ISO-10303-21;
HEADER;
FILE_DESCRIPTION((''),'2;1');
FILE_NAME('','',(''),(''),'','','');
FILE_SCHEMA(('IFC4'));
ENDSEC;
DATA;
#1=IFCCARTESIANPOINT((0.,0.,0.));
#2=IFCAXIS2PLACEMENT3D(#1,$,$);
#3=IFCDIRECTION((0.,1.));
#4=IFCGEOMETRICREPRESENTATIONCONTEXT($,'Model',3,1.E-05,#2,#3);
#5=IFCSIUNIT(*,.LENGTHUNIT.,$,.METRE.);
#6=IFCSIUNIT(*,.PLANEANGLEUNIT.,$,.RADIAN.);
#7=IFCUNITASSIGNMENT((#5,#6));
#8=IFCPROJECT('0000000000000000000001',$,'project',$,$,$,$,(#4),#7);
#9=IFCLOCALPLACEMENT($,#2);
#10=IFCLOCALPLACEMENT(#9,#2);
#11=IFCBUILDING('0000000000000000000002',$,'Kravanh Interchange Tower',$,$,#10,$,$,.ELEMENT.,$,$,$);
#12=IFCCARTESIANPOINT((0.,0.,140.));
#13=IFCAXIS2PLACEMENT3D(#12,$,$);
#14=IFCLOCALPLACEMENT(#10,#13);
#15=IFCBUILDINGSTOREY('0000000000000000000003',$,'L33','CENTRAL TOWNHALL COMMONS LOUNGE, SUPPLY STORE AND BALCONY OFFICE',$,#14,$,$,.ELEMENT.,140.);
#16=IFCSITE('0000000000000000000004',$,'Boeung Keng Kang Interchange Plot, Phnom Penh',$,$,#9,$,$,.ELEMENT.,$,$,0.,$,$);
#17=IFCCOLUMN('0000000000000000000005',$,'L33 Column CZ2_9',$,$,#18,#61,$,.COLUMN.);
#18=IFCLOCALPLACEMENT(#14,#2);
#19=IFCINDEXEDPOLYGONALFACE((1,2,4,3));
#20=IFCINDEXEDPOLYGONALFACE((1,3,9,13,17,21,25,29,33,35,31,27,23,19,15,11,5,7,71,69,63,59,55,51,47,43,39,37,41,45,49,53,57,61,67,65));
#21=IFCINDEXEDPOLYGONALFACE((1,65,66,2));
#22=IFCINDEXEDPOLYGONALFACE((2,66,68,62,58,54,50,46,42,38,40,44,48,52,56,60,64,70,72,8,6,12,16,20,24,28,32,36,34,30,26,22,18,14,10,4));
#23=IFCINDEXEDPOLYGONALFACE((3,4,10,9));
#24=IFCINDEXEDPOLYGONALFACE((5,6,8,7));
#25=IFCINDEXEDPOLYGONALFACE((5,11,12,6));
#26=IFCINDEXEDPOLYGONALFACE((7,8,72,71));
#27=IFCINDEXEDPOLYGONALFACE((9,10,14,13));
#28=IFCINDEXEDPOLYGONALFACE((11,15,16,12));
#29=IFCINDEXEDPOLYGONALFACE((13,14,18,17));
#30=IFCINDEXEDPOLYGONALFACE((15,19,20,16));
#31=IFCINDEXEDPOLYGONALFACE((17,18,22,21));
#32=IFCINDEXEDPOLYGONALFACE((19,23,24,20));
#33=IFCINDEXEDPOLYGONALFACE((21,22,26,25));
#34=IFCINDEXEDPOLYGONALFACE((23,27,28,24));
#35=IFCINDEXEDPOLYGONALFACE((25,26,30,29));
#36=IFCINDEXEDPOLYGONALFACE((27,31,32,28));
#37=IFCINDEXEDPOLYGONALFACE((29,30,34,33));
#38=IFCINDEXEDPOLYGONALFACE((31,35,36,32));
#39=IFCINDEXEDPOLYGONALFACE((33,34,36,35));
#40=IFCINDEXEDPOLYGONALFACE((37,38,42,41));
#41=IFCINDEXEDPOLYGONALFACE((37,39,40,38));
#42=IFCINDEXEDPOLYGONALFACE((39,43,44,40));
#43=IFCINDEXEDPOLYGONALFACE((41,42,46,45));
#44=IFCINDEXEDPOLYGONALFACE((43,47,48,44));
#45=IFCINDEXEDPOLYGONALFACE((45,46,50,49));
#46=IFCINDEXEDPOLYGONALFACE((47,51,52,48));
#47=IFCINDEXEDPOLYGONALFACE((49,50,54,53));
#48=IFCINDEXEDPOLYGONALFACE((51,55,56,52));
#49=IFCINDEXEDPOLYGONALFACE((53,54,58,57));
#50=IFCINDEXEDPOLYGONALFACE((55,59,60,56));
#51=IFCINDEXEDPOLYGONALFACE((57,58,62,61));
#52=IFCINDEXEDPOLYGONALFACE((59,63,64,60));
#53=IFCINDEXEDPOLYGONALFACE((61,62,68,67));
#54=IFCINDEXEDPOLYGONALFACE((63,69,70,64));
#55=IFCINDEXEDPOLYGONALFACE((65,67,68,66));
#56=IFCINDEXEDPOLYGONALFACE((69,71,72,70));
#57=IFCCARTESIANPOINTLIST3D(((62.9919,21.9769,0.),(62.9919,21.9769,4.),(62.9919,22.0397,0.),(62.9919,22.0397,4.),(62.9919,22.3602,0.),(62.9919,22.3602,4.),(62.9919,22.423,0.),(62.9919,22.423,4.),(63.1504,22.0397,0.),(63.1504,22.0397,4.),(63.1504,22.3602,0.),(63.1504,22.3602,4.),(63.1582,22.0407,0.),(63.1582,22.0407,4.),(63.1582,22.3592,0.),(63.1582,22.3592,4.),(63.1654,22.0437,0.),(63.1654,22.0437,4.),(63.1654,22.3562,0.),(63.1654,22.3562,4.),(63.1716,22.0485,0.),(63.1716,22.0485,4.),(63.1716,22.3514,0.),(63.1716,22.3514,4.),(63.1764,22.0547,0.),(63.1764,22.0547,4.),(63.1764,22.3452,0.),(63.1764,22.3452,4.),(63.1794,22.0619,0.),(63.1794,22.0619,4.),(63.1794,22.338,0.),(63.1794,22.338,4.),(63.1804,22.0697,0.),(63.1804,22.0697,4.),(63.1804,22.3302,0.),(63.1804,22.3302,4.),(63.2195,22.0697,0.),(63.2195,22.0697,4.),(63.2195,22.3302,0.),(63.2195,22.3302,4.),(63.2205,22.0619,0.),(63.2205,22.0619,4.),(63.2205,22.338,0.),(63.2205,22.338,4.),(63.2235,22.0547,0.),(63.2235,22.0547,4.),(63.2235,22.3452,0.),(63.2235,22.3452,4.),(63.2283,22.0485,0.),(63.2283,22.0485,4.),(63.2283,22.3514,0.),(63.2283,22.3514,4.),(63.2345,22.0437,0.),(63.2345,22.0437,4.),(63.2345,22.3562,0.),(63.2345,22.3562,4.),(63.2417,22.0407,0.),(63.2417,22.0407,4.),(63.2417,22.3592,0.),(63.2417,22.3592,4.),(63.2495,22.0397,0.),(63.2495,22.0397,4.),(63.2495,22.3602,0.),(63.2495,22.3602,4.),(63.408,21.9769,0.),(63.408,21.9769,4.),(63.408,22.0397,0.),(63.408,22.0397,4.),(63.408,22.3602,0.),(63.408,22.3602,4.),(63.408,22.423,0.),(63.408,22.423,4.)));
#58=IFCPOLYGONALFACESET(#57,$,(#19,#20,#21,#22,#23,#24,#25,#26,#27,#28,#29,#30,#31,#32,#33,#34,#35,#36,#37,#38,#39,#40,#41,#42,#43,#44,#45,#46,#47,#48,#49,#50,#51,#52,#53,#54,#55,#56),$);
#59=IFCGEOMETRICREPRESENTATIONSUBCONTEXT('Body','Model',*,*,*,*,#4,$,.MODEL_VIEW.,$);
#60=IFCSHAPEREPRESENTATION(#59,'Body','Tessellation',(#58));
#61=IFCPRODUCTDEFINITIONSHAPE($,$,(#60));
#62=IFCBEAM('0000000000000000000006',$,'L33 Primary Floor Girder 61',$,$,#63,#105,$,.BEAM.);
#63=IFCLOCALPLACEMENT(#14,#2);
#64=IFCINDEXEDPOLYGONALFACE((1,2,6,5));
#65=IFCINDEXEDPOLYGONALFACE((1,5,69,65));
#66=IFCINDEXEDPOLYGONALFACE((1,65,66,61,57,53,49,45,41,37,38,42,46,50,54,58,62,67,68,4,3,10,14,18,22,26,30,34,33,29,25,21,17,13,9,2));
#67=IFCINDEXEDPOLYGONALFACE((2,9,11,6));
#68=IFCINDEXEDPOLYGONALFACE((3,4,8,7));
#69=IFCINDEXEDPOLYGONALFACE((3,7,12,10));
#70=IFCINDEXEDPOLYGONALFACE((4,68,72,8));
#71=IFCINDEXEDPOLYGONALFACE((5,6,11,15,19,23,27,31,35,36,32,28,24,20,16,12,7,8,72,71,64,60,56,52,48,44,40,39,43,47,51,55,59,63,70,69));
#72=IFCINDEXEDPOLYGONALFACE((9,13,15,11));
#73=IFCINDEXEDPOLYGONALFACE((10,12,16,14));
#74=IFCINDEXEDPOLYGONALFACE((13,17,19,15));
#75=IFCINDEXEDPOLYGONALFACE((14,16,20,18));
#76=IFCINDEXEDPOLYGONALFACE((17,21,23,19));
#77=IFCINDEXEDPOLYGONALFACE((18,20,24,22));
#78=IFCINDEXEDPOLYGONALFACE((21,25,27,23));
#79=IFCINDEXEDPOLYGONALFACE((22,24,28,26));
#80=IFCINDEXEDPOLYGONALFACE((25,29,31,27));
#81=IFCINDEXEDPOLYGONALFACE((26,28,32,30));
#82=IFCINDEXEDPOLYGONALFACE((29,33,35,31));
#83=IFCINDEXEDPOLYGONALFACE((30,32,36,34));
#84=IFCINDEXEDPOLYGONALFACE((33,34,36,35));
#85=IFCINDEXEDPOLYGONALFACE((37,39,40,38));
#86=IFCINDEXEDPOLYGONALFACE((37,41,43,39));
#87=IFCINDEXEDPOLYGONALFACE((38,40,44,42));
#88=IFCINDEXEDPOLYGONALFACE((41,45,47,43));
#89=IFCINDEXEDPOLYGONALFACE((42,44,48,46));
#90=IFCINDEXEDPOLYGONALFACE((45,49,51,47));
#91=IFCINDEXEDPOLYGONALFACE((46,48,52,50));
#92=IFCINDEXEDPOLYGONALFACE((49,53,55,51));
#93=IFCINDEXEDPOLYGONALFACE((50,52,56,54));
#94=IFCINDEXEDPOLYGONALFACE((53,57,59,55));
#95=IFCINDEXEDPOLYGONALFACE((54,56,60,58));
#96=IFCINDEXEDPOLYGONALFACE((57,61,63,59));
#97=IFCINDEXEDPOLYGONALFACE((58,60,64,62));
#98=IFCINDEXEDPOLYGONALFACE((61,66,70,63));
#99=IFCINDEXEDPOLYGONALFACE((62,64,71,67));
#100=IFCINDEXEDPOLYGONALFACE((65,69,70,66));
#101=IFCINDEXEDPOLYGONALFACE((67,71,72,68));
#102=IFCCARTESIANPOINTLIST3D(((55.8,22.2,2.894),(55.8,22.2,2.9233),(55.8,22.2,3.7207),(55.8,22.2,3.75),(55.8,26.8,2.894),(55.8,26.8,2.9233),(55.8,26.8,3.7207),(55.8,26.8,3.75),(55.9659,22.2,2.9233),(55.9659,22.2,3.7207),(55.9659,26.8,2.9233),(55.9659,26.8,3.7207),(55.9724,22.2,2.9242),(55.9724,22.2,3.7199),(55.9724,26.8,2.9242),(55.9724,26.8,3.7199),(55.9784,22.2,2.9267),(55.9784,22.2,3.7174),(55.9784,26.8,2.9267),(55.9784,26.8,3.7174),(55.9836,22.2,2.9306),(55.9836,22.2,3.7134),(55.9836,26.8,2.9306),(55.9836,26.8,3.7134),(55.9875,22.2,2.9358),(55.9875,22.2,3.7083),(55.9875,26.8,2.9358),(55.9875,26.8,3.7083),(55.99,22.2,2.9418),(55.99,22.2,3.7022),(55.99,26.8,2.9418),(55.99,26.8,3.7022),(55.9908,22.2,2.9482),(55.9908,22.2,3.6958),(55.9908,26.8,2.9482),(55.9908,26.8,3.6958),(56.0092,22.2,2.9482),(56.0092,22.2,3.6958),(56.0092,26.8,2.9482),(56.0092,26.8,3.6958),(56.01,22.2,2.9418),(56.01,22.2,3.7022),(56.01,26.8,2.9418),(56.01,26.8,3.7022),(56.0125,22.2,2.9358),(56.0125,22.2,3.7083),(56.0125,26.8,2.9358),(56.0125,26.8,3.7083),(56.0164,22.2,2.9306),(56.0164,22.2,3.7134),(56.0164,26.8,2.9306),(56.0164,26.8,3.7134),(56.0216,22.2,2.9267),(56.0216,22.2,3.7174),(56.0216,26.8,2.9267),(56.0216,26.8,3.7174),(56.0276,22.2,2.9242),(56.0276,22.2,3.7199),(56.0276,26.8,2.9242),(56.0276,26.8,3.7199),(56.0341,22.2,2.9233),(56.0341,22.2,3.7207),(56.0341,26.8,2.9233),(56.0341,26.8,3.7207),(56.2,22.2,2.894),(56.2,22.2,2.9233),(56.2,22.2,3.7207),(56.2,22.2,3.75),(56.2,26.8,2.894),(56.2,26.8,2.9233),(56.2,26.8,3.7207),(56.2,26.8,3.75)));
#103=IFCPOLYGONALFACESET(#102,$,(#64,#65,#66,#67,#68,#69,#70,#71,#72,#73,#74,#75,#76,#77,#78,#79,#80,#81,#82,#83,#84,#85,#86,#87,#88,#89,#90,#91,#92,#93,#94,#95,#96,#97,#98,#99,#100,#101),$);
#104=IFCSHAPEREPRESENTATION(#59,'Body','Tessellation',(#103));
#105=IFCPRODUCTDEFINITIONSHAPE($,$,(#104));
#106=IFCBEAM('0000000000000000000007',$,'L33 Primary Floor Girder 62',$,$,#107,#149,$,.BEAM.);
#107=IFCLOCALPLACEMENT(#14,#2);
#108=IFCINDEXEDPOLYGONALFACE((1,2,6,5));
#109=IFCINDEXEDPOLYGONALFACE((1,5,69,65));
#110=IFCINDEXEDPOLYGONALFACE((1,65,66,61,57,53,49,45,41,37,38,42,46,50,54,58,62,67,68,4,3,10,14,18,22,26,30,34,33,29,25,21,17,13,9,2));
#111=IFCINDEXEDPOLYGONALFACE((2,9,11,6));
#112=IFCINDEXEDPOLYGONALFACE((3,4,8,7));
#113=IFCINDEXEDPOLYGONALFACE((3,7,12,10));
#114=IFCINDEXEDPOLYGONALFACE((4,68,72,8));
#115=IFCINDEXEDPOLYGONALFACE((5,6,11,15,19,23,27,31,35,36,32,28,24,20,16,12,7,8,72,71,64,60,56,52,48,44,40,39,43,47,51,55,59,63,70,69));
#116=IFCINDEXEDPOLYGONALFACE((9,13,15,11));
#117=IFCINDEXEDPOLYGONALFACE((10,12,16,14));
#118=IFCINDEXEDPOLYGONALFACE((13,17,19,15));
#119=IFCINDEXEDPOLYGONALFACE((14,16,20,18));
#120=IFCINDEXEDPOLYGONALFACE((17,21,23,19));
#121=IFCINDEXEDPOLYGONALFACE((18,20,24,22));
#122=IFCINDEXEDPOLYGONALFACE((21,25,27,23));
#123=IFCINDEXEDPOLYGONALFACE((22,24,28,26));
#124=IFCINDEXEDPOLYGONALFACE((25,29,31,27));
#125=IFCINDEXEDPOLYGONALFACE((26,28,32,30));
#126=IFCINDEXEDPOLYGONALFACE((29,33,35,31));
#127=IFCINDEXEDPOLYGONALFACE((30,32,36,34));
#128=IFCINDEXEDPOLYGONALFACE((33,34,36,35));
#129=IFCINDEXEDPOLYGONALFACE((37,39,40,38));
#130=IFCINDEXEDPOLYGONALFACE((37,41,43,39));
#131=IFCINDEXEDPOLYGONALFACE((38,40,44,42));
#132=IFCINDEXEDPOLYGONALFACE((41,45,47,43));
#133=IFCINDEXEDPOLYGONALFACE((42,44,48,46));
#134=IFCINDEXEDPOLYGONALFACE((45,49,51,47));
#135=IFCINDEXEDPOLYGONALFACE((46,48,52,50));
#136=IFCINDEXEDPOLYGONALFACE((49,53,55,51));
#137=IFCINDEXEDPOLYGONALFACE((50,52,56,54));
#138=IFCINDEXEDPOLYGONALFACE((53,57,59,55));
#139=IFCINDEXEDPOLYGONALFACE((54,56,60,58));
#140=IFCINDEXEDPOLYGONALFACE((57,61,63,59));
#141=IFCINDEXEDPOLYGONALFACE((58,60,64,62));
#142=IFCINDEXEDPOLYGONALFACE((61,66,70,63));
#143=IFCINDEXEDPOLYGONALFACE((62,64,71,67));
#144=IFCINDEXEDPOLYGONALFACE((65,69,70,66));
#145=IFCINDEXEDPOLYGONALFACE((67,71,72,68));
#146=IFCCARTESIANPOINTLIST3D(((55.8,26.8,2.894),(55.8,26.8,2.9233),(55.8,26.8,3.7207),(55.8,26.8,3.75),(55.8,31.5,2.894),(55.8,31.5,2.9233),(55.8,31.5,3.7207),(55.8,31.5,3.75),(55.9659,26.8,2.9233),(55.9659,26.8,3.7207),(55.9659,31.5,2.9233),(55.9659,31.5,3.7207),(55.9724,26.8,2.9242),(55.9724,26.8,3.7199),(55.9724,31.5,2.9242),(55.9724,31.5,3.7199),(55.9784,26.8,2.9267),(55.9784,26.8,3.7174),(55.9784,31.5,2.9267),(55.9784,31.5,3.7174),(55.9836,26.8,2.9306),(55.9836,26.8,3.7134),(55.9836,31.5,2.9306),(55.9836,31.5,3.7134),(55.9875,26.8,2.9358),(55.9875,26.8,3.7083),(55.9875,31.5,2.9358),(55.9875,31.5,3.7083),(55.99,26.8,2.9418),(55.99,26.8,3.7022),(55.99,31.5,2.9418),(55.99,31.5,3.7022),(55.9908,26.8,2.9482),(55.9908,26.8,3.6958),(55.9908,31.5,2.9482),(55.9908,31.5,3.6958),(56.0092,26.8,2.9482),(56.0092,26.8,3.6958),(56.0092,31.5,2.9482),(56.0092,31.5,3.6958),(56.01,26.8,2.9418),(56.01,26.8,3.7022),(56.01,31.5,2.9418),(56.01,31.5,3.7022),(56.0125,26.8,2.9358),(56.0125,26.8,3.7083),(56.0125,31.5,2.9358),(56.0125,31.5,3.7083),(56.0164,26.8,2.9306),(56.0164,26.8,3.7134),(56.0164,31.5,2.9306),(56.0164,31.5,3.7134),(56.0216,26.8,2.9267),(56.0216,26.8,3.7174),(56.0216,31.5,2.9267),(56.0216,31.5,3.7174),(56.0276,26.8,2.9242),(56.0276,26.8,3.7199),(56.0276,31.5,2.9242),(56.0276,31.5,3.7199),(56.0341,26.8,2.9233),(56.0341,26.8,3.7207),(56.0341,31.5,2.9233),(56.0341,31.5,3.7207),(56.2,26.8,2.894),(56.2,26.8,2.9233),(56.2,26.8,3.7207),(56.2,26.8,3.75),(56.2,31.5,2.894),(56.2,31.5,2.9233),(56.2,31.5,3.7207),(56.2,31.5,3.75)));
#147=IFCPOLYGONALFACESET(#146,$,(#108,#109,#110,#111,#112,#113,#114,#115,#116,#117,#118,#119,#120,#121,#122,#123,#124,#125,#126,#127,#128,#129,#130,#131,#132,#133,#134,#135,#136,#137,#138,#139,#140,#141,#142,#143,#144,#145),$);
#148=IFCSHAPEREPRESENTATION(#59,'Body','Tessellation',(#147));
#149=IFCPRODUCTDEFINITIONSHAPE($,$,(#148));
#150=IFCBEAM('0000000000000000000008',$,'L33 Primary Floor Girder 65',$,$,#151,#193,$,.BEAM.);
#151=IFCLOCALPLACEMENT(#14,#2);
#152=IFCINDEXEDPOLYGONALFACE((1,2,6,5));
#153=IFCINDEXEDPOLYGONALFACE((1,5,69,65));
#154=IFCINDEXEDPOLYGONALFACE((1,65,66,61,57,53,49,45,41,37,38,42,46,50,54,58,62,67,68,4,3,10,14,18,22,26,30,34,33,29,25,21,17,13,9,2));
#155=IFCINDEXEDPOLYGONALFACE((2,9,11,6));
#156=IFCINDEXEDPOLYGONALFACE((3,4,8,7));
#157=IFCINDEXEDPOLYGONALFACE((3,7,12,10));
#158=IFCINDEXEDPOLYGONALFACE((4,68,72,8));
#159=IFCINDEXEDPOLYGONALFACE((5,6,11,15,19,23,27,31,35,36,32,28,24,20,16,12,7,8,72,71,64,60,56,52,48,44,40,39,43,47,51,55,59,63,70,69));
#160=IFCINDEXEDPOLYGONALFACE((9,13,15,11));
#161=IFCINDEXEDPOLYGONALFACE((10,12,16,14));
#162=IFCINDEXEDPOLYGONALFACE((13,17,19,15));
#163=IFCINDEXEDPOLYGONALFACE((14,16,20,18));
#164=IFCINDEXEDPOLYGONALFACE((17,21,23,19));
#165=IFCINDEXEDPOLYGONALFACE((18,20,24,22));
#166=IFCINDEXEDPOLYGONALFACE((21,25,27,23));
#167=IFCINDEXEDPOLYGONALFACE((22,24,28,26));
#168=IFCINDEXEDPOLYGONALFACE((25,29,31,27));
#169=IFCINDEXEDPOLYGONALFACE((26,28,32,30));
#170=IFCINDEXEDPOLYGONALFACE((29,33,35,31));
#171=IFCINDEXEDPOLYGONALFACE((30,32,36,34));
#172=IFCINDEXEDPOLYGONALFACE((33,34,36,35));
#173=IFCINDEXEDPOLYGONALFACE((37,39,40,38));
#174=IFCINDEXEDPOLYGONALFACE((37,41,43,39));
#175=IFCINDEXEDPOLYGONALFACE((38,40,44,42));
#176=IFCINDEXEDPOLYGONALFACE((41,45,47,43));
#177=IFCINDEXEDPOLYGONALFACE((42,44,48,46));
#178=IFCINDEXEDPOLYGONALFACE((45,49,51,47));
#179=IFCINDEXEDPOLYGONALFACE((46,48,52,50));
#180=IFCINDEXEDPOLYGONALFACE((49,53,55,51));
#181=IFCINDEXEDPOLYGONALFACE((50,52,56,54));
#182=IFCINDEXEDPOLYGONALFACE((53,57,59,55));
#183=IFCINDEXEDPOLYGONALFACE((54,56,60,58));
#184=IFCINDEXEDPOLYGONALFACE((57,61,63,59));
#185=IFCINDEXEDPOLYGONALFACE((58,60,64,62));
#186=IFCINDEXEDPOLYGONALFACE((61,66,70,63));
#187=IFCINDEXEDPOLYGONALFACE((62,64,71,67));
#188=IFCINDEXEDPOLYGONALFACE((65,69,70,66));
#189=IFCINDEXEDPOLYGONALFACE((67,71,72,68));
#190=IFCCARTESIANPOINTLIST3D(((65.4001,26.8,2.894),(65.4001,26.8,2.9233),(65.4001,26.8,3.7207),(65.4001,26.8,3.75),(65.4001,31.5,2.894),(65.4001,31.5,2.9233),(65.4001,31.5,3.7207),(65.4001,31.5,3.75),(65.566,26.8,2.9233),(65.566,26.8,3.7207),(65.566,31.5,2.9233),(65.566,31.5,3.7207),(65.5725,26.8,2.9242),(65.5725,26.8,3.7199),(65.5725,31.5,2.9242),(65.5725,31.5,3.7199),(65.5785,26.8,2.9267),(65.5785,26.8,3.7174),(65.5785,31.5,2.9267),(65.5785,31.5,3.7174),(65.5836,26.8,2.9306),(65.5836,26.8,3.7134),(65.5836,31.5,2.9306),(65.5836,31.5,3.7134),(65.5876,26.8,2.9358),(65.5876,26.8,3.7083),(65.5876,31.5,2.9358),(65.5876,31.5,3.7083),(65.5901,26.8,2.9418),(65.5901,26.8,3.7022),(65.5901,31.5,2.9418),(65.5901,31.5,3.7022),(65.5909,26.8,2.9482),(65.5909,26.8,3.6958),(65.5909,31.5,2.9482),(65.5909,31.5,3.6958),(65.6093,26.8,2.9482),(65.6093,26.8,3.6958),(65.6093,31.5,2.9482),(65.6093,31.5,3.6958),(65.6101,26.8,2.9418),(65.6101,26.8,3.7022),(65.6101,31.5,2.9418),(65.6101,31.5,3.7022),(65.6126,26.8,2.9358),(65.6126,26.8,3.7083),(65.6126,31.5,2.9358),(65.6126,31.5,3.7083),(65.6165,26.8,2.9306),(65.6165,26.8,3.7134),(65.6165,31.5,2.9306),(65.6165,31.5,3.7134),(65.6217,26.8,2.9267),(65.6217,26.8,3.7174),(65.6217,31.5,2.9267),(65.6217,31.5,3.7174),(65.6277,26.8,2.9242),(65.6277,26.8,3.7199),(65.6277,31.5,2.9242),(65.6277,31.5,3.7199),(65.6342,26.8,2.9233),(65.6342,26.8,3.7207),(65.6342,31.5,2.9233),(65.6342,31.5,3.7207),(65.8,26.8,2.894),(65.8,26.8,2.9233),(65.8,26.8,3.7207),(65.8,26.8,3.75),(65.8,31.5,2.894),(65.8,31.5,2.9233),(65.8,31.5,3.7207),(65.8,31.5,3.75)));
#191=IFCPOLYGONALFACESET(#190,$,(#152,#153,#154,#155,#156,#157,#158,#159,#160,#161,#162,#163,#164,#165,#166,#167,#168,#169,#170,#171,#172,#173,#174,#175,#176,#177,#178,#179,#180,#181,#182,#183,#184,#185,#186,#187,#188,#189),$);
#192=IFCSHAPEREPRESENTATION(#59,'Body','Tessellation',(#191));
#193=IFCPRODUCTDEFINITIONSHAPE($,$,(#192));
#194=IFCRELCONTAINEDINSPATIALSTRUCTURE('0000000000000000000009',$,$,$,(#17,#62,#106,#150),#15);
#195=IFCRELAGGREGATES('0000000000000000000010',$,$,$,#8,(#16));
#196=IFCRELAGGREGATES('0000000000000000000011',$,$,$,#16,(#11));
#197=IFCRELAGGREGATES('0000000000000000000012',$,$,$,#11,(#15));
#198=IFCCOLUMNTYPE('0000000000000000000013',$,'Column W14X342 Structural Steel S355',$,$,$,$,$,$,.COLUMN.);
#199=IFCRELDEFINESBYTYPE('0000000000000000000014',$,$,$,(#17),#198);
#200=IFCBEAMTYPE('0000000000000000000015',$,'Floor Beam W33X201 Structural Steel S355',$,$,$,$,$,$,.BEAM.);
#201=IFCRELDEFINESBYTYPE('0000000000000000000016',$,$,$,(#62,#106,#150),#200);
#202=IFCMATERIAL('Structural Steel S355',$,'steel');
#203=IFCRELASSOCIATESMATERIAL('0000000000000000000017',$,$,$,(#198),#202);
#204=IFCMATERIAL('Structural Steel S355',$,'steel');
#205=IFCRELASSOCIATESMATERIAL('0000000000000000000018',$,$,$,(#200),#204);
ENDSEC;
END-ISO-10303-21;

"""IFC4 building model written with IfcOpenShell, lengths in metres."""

from ifc_helpers import new_model, si_unit, direction, frame, origin, origin_2d, place, context, subcontext, project, spatial, i_section, extrude, material, material_profile, profile_set, type_object, element, save


model = new_model("IFC4")

# Units and contexts
model_context = context("Model", 3, precision=1e-05, world=origin(), true_north=direction((0.0, 1.0)))
body_context = subcontext(model_context, "Body", "Model", "MODEL_VIEW")
ifc_project = project(units=[si_unit("LENGTHUNIT", "METRE"), si_unit("PLANEANGLEUNIT", "RADIAN")], contexts=[model_context])

# Site, building, storey
site_placement = place(None, origin())
site = spatial("IfcSite", under=ifc_project, at=site_placement, Name="Boeung Keng Kang Interchange Plot, Phnom Penh", CompositionType="ELEMENT", RefElevation=0.0)
building_placement = place(site_placement, origin())
building = spatial("IfcBuilding", under=site, at=building_placement, Name="Kravanh Interchange Tower", CompositionType="ELEMENT")
storey_placement = place(building_placement, frame((0.0, 0.0, 140.0)))
storey = spatial("IfcBuildingStorey", under=building, at=storey_placement, Name="L33", Description="CENTRAL TOWNHALL COMMONS LOUNGE, SUPPLY STORE AND BALCONY OFFICE", CompositionType="ELEMENT", Elevation=140.0)

# Column
ifc_material_1 = material(Name="Structural Steel S355", Category="steel")
ifc_material_profile_1 = material_profile(ifc_material_1, i_section(OverallWidth=0.416, OverallDepth=0.446, WebThickness=0.0391, FlangeThickness=0.0627, FilletRadius=0.03, at=origin_2d()), Name="W14X342")
ifc_profile_set_1 = profile_set([ifc_material_profile_1], Name="Structural Steel S355")
column_type = type_object("IfcColumnType", Name="Column W14X342 Structural Steel S355", PredefinedType="COLUMN", material=ifc_profile_set_1)
for number, where, z_axis, x_axis, name in (
    (1, (63.2, 22.2, 0.0), (0.0, 0.0, 1.0), (1.0, 0.0, 0.0), "L33 Column CZ2_9"),
):
    element("IfcColumn", number, at=place(storey_placement, frame(where, z_axis=z_axis, x_axis=x_axis)), inside=storey, type_object=column_type, Name=name, PredefinedType="COLUMN", context=body_context, shape_type="SweptSolid", body=[
        extrude(i_section(OverallWidth=0.416, OverallDepth=0.446, WebThickness=0.0391, FlangeThickness=0.0627, FilletRadius=0.03, at=origin_2d()), origin(), (0.0, 0.0, 1.0), 4.0),
    ])

# Beams
ifc_material_2 = material(Name="Structural Steel S355", Category="steel")
ifc_material_profile_2 = material_profile(ifc_material_2, i_section(OverallWidth=0.3999, OverallDepth=0.856, WebThickness=0.0183, FlangeThickness=0.0293, FilletRadius=0.0249, at=origin_2d()), Name="W33X201")
ifc_profile_set_2 = profile_set([ifc_material_profile_2], Name="Structural Steel S355")
beam_type_1 = type_object("IfcBeamType", Name="Floor Beam W33X201 Structural Steel S355", PredefinedType="BEAM", material=ifc_profile_set_2)
beam_1_placement = place(storey_placement, frame((56.0, 26.8, 3.322), z_axis=(0.0, -1.0, 0.0), x_axis=(1.0, 0.0, 0.0)))
element("IfcBeam", 2, at=beam_1_placement, inside=storey, type_object=beam_type_1, Name="L33 Primary Floor Girder 61", PredefinedType="BEAM", context=body_context, shape_type="SweptSolid", body=[
    extrude(i_section(OverallWidth=0.3999, OverallDepth=0.856, WebThickness=0.0183, FlangeThickness=0.0293, FilletRadius=0.0249, at=origin_2d()), origin(), (0.0, 0.0, 1.0), 4.6001),
])
for number, where, z_axis, x_axis, name in (
    (3, (56.0, 26.8, 3.322), (0.0, 1.0, 0.0), (-1.0, 0.0, 0.0), "L33 Primary Floor Girder 62"),
    (4, (65.6001, 26.8, 3.322), (0.0, 1.0, 0.0), (-1.0, 0.0, 0.0), "L33 Primary Floor Girder 65"),
):
    element("IfcBeam", number, at=place(storey_placement, frame(where, z_axis=z_axis, x_axis=x_axis)), inside=storey, type_object=beam_type_1, Name=name, PredefinedType="BEAM", context=body_context, shape_type="SweptSolid", body=[
        extrude(i_section(OverallWidth=0.3999, OverallDepth=0.856, WebThickness=0.0183, FlangeThickness=0.0293, FilletRadius=0.0249, at=origin_2d()), origin(), (0.0, 0.0, 1.0), 4.7),
    ])

save(model, "model.ifc")
